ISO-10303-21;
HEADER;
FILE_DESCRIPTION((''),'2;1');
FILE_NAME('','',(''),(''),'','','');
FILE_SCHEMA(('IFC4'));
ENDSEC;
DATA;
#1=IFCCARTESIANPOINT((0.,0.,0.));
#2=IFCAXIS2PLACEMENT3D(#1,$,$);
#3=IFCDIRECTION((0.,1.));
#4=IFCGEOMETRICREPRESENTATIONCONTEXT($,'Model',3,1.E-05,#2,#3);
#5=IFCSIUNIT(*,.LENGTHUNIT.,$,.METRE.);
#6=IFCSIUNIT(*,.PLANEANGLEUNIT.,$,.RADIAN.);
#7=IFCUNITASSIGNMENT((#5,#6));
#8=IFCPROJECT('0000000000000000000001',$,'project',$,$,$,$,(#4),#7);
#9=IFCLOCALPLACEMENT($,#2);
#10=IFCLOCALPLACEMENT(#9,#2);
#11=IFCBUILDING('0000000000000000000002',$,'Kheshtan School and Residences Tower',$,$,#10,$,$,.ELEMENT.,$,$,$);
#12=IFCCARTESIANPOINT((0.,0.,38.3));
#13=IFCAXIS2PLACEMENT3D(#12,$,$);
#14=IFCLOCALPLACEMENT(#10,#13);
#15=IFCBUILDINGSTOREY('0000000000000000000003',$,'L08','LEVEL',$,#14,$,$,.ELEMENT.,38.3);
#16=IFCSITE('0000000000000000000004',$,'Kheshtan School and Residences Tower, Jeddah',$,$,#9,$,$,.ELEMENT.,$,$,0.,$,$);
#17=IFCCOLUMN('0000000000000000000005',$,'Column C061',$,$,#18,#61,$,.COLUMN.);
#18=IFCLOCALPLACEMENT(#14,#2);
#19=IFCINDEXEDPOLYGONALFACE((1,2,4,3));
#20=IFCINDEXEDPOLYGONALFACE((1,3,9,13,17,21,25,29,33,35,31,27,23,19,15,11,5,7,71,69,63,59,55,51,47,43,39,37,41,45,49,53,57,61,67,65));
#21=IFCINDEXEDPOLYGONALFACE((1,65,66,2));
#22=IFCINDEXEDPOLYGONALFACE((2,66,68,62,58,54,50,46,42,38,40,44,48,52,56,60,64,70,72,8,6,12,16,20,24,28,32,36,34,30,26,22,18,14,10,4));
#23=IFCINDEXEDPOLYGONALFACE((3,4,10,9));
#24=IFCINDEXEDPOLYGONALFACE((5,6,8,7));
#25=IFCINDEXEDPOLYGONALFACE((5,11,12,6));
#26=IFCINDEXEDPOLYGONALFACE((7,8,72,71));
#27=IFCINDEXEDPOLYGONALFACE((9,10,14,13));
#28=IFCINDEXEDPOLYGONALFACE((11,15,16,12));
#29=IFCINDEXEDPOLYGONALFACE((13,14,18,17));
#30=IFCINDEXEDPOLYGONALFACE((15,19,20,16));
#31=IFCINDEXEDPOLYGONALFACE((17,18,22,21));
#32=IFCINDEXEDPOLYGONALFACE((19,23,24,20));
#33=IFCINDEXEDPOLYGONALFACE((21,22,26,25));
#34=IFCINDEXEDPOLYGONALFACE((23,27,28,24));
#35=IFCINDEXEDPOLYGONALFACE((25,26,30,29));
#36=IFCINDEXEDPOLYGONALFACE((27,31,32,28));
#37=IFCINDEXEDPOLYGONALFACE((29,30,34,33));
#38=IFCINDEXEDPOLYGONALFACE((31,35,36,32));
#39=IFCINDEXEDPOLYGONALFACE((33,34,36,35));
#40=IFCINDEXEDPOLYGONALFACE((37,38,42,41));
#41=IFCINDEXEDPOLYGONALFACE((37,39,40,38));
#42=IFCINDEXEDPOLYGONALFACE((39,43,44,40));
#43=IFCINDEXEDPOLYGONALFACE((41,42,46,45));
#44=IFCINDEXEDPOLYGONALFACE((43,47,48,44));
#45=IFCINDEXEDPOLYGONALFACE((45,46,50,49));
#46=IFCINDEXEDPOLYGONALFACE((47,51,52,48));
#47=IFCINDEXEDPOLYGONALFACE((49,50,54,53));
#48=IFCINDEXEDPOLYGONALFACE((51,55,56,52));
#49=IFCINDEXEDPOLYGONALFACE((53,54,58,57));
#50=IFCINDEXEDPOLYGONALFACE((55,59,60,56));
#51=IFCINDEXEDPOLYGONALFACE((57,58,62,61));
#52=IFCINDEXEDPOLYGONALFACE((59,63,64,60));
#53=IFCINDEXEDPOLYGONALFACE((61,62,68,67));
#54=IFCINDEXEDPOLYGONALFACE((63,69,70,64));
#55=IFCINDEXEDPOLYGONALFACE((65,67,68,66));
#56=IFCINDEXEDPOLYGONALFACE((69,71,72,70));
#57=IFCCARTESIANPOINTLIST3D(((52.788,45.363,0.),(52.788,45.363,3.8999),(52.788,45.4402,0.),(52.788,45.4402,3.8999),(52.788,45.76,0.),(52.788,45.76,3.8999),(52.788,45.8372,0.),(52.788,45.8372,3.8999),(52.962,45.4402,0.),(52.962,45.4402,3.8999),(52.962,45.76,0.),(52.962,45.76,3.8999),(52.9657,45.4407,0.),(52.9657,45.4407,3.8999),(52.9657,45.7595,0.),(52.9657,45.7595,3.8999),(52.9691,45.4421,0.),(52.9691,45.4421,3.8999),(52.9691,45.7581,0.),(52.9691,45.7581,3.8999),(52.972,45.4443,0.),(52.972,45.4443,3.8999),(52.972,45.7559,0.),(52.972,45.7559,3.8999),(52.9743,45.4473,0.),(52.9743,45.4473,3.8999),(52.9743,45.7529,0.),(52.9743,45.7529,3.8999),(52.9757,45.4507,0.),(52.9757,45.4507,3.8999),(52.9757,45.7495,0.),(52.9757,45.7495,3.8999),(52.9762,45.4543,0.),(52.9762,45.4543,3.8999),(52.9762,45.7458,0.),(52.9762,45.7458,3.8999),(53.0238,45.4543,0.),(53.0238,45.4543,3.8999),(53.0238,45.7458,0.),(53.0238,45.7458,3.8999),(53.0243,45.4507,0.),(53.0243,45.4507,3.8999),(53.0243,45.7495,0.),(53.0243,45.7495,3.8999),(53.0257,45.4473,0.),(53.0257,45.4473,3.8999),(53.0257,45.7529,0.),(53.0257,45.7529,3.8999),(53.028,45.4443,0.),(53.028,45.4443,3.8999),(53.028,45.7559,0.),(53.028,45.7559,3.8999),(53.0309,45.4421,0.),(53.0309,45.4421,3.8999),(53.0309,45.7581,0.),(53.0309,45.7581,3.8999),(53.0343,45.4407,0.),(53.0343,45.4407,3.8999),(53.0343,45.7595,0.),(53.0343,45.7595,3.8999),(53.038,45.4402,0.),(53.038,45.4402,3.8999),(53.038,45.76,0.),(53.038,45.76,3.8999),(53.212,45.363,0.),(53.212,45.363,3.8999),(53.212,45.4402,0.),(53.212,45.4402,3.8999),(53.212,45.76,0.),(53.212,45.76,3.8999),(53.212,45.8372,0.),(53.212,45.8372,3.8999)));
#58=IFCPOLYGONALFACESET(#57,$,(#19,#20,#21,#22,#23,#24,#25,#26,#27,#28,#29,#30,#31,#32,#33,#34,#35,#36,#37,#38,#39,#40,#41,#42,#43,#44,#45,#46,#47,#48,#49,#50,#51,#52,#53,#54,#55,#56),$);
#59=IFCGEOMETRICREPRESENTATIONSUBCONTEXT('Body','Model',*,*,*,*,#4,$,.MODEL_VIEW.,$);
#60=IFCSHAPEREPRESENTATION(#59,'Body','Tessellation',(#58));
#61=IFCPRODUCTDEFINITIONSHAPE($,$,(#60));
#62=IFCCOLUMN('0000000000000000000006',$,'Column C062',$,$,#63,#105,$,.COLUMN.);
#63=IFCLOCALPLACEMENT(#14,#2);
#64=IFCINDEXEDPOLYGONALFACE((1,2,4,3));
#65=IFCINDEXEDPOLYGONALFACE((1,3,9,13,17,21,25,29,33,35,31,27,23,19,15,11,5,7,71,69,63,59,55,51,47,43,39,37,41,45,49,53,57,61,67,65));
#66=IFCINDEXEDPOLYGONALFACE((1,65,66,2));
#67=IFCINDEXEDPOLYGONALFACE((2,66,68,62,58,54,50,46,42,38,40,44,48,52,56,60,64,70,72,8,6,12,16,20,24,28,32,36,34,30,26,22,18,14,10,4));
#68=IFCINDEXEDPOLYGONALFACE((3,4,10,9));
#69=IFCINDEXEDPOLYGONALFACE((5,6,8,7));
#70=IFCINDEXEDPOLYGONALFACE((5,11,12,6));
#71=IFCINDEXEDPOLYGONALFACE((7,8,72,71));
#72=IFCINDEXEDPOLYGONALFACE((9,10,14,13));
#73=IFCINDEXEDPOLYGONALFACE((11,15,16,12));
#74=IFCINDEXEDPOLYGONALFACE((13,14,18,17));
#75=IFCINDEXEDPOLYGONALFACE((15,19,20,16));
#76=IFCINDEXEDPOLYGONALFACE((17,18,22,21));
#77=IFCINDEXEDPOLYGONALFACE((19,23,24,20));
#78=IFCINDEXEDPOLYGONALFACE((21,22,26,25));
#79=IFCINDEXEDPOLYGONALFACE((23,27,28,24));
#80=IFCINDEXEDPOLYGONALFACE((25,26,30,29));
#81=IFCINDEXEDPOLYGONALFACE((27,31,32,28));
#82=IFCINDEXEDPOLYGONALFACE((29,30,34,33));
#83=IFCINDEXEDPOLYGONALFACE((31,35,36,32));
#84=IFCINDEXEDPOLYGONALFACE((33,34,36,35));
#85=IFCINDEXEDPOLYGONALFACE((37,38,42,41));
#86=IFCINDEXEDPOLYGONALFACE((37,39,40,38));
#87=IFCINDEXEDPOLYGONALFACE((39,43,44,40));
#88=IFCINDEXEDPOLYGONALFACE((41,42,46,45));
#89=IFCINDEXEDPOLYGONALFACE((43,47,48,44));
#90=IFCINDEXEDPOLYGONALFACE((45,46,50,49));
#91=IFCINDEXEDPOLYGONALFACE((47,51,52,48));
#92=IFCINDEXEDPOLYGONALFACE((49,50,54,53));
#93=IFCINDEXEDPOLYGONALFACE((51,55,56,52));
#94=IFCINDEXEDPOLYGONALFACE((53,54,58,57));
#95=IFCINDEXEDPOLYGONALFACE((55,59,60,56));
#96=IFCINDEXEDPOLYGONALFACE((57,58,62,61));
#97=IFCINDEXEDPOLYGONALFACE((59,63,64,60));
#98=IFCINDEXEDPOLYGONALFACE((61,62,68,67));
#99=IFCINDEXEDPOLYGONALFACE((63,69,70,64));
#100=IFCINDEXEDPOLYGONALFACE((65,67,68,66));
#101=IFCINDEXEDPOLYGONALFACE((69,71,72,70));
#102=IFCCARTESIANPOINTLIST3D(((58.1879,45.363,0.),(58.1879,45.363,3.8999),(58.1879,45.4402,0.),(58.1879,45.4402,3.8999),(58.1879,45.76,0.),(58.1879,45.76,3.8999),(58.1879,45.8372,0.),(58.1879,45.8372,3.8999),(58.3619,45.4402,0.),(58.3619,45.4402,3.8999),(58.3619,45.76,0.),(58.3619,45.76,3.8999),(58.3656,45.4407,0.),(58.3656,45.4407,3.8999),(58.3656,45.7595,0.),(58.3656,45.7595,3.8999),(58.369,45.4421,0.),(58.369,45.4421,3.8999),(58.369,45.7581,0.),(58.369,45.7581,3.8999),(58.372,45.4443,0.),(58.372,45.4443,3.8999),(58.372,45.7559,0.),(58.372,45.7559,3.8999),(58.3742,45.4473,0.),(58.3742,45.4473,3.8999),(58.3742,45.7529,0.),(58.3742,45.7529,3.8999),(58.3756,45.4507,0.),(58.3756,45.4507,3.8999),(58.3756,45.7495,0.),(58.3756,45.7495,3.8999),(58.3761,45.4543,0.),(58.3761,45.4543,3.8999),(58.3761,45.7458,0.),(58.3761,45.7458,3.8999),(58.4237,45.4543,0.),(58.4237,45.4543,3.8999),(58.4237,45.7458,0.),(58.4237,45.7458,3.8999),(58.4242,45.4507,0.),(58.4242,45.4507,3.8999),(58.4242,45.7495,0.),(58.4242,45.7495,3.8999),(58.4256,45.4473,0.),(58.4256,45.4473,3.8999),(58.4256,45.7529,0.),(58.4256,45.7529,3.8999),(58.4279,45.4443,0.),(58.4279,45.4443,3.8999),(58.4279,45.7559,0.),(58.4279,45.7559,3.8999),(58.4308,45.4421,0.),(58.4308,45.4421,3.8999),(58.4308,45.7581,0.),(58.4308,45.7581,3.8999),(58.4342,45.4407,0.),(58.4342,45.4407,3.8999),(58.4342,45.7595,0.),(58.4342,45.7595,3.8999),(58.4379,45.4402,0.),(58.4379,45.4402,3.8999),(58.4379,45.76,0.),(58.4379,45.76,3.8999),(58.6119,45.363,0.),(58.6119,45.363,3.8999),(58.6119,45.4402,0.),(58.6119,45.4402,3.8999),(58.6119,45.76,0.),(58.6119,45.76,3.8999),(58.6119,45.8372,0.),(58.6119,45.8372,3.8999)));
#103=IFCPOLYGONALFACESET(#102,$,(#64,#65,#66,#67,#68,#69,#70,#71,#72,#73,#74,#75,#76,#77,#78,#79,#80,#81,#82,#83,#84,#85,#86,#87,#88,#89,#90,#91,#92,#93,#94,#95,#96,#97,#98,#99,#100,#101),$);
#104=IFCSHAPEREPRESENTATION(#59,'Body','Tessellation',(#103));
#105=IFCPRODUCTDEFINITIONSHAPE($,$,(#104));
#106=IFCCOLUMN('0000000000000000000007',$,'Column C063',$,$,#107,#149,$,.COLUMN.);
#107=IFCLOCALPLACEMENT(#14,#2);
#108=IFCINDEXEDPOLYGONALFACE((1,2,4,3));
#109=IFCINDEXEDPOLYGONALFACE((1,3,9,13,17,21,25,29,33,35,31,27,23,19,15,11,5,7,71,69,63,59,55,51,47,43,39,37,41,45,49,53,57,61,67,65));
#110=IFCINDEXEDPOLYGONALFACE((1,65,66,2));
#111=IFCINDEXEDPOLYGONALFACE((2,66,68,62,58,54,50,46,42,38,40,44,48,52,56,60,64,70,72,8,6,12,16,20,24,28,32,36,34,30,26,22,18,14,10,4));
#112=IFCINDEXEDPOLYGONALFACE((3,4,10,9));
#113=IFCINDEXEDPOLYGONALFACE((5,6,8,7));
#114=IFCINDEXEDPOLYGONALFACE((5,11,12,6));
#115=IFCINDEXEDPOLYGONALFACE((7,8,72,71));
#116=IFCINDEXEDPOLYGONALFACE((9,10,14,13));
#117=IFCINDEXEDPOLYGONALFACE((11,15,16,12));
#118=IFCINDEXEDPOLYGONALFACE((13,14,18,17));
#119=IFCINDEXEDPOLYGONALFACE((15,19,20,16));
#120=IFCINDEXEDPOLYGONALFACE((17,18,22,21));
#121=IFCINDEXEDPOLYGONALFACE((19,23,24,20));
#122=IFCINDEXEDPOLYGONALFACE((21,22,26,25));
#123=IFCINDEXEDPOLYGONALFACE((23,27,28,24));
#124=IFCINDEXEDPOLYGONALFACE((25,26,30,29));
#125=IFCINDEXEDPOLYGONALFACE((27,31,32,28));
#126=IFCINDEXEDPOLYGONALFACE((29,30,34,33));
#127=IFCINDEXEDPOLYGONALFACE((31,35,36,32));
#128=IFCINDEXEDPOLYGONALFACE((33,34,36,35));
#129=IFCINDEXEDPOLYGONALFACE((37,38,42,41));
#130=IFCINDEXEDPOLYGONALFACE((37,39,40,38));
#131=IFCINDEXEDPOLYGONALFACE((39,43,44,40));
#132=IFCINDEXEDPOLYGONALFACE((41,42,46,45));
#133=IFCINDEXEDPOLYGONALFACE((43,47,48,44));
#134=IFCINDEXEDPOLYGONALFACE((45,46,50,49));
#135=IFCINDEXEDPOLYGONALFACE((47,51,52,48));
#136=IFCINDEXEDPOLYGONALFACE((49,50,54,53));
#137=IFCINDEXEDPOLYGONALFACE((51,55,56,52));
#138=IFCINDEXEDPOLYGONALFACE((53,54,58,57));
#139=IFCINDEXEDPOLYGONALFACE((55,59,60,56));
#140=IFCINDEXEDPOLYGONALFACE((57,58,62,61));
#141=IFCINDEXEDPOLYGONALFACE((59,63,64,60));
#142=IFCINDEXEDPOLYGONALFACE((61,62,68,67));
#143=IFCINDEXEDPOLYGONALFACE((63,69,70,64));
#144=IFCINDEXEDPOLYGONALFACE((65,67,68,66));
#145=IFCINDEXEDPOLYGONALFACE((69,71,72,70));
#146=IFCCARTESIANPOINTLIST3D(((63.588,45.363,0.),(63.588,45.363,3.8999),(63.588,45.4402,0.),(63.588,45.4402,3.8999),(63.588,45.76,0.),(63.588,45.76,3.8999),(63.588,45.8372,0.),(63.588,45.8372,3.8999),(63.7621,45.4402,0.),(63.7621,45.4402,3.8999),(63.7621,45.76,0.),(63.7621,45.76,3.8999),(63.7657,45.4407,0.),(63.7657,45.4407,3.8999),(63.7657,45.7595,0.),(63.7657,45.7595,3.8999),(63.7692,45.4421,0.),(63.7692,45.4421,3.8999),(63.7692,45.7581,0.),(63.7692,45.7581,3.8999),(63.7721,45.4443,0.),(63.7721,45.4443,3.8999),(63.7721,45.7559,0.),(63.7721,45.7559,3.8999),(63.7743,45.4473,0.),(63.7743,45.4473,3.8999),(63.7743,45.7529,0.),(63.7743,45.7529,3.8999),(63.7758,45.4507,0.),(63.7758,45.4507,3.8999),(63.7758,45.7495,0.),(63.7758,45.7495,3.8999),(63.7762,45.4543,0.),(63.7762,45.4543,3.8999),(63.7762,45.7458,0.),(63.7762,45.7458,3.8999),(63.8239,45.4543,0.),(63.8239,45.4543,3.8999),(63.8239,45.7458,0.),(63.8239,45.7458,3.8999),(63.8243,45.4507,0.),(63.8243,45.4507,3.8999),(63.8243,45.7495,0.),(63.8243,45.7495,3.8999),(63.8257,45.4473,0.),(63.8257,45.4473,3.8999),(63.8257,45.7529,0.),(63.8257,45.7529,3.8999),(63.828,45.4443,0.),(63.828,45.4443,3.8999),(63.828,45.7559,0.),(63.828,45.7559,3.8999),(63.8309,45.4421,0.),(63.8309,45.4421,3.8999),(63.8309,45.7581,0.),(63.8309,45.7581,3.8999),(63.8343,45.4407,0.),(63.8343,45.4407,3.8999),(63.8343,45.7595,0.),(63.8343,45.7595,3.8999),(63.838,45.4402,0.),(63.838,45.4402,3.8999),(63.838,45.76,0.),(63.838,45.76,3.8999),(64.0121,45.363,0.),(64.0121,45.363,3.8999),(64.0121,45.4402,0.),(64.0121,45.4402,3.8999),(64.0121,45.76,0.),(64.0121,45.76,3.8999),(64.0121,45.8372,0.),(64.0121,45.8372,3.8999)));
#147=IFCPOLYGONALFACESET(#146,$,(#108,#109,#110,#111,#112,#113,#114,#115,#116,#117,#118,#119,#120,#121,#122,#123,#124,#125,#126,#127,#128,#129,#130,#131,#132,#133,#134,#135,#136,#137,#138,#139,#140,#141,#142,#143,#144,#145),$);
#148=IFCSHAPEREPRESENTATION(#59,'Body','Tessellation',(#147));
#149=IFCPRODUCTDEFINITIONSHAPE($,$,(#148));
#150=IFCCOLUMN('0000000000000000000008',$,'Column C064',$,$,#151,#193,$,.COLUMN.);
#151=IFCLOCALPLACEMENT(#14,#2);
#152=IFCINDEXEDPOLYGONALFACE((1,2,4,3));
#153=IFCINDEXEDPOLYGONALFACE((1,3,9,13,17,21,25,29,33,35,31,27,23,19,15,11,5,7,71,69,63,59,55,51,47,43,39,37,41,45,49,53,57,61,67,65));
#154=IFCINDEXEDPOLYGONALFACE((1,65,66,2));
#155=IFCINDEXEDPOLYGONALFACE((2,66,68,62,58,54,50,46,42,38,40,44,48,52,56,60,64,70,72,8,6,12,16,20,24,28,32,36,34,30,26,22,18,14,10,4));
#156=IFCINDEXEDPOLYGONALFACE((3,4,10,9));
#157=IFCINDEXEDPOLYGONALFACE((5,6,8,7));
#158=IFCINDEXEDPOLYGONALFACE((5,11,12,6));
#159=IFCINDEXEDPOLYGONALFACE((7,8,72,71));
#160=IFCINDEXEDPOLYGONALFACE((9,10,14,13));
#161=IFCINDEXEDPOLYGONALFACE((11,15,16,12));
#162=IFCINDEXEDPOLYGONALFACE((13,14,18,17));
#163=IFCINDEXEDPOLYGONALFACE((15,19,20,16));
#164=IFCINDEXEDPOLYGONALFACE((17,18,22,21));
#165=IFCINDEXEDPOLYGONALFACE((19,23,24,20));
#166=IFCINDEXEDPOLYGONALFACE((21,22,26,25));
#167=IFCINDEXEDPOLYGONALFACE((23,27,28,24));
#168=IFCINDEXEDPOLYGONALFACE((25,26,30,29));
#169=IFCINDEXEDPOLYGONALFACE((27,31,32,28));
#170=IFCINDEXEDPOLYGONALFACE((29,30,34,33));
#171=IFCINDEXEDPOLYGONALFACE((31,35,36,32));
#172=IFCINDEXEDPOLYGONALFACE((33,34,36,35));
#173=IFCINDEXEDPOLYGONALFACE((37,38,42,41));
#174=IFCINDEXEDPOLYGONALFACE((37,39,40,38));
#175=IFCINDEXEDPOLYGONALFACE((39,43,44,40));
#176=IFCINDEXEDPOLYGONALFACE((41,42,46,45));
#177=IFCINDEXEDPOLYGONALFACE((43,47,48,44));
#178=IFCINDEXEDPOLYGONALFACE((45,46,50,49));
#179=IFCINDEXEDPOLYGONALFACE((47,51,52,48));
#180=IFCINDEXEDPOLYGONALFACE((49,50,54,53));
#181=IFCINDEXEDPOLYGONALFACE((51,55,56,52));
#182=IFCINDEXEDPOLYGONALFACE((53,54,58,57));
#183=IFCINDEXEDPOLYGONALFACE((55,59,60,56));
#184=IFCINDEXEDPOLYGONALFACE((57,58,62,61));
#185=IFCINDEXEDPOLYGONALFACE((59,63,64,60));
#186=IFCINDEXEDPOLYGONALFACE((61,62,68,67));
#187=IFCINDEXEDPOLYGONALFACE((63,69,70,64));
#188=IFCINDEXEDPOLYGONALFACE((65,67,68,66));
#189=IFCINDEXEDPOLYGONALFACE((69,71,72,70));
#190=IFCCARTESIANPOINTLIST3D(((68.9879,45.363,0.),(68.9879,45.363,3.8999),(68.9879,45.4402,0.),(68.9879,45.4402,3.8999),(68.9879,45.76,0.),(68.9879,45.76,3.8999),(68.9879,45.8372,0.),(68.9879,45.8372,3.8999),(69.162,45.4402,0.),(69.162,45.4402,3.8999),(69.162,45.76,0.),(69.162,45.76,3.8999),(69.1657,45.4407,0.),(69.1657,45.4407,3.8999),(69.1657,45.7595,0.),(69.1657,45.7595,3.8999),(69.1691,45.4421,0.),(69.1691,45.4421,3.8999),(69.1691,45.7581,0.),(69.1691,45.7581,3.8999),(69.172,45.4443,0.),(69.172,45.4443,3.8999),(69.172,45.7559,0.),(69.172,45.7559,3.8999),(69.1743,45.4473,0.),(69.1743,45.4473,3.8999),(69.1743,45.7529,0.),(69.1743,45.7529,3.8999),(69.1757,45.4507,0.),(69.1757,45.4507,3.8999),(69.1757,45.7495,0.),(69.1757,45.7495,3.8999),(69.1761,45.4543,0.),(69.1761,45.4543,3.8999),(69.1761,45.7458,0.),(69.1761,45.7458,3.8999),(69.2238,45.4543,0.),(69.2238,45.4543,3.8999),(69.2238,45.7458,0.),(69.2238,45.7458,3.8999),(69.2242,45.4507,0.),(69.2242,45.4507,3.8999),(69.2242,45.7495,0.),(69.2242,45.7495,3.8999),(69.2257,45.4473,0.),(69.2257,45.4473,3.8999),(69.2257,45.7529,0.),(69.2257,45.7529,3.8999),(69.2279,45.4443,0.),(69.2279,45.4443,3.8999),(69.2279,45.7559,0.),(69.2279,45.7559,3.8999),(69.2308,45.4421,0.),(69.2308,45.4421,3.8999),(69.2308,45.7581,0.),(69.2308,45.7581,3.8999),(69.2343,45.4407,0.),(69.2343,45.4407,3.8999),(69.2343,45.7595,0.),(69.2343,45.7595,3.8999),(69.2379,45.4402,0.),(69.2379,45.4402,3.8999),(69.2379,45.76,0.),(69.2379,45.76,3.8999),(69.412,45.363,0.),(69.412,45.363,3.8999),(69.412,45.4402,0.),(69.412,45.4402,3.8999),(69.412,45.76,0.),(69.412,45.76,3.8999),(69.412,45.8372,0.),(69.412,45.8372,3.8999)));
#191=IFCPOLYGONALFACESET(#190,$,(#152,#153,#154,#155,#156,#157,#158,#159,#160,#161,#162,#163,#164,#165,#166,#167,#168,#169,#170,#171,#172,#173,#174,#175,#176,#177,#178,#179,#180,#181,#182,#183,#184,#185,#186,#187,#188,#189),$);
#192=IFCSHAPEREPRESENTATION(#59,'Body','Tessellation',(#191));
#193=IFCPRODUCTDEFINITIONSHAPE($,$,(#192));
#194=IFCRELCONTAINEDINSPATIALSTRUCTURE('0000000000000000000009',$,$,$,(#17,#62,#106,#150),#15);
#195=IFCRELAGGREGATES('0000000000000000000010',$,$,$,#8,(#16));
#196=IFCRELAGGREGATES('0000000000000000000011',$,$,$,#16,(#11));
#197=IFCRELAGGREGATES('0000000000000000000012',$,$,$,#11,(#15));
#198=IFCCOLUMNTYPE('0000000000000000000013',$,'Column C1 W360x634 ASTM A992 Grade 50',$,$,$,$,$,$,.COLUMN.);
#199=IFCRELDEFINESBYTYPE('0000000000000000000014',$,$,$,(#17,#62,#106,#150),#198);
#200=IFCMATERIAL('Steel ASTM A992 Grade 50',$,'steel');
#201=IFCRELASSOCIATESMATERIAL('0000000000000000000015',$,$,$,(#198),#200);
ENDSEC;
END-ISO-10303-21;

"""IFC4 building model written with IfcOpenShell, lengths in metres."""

from ifc_helpers import new_model, si_unit, direction, frame, origin, origin_2d, place, context, subcontext, project, spatial, i_section, extrude, material, material_profile, profile_set, type_object, element, save


model = new_model("IFC4")

# Units and contexts
model_context = context("Model", 3, precision=1e-05, world=origin(), true_north=direction((0.0, 1.0)))
body_context = subcontext(model_context, "Body", "Model", "MODEL_VIEW")
ifc_project = project(units=[si_unit("LENGTHUNIT", "METRE"), si_unit("PLANEANGLEUNIT", "RADIAN")], contexts=[model_context])

# Site, building, storey
site_placement = place(None, origin())
site = spatial("IfcSite", under=ifc_project, at=site_placement, Name="Kheshtan School and Residences Tower, Jeddah", CompositionType="ELEMENT", RefElevation=0.0)
building_placement = place(site_placement, origin())
building = spatial("IfcBuilding", under=site, at=building_placement, Name="Kheshtan School and Residences Tower", CompositionType="ELEMENT")
storey_placement = place(building_placement, frame((0.0, 0.0, 38.3)))
storey = spatial("IfcBuildingStorey", under=building, at=storey_placement, Name="L08", Description="LEVEL", CompositionType="ELEMENT", Elevation=38.3)

# Columns
ifc_material_1 = material(Name="Steel ASTM A992 Grade 50", Category="steel")
ifc_material_profile_1 = material_profile(ifc_material_1, i_section(OverallWidth=0.4241, OverallDepth=0.4741, WebThickness=0.0476, FlangeThickness=0.0771, FilletRadius=0.0142, at=origin_2d()), Name="W360x634")
ifc_profile_set_1 = profile_set([ifc_material_profile_1], Name="Steel ASTM A992 Grade 50")
column_type = type_object("IfcColumnType", Name="Column C1 W360x634 ASTM A992 Grade 50", PredefinedType="COLUMN", material=ifc_profile_set_1)
for number, where, z_axis, x_axis, name in (
    (1, (53.0, 45.6001, 0.0), (0.0, 0.0, 1.0), (1.0, 0.0, 0.0), "Column C061"),
    (2, (58.3999, 45.6001, 0.0), (0.0, 0.0, 1.0), (1.0, 0.0, 0.0), "Column C062"),
    (3, (63.8, 45.6001, 0.0), (0.0, 0.0, 1.0), (1.0, 0.0, 0.0), "Column C063"),
    (4, (69.2, 45.6001, 0.0), (0.0, 0.0, 1.0), (1.0, 0.0, 0.0), "Column C064"),
):
    element("IfcColumn", number, at=place(storey_placement, frame(where, z_axis=z_axis, x_axis=x_axis)), inside=storey, type_object=column_type, Name=name, PredefinedType="COLUMN", context=body_context, shape_type="SweptSolid", body=[
        extrude(i_section(OverallWidth=0.4241, OverallDepth=0.4741, WebThickness=0.0476, FlangeThickness=0.0771, FilletRadius=0.0142, at=origin_2d()), origin(), (0.0, 0.0, 1.0), 3.8999),
    ])

save(model, "model.ifc")
